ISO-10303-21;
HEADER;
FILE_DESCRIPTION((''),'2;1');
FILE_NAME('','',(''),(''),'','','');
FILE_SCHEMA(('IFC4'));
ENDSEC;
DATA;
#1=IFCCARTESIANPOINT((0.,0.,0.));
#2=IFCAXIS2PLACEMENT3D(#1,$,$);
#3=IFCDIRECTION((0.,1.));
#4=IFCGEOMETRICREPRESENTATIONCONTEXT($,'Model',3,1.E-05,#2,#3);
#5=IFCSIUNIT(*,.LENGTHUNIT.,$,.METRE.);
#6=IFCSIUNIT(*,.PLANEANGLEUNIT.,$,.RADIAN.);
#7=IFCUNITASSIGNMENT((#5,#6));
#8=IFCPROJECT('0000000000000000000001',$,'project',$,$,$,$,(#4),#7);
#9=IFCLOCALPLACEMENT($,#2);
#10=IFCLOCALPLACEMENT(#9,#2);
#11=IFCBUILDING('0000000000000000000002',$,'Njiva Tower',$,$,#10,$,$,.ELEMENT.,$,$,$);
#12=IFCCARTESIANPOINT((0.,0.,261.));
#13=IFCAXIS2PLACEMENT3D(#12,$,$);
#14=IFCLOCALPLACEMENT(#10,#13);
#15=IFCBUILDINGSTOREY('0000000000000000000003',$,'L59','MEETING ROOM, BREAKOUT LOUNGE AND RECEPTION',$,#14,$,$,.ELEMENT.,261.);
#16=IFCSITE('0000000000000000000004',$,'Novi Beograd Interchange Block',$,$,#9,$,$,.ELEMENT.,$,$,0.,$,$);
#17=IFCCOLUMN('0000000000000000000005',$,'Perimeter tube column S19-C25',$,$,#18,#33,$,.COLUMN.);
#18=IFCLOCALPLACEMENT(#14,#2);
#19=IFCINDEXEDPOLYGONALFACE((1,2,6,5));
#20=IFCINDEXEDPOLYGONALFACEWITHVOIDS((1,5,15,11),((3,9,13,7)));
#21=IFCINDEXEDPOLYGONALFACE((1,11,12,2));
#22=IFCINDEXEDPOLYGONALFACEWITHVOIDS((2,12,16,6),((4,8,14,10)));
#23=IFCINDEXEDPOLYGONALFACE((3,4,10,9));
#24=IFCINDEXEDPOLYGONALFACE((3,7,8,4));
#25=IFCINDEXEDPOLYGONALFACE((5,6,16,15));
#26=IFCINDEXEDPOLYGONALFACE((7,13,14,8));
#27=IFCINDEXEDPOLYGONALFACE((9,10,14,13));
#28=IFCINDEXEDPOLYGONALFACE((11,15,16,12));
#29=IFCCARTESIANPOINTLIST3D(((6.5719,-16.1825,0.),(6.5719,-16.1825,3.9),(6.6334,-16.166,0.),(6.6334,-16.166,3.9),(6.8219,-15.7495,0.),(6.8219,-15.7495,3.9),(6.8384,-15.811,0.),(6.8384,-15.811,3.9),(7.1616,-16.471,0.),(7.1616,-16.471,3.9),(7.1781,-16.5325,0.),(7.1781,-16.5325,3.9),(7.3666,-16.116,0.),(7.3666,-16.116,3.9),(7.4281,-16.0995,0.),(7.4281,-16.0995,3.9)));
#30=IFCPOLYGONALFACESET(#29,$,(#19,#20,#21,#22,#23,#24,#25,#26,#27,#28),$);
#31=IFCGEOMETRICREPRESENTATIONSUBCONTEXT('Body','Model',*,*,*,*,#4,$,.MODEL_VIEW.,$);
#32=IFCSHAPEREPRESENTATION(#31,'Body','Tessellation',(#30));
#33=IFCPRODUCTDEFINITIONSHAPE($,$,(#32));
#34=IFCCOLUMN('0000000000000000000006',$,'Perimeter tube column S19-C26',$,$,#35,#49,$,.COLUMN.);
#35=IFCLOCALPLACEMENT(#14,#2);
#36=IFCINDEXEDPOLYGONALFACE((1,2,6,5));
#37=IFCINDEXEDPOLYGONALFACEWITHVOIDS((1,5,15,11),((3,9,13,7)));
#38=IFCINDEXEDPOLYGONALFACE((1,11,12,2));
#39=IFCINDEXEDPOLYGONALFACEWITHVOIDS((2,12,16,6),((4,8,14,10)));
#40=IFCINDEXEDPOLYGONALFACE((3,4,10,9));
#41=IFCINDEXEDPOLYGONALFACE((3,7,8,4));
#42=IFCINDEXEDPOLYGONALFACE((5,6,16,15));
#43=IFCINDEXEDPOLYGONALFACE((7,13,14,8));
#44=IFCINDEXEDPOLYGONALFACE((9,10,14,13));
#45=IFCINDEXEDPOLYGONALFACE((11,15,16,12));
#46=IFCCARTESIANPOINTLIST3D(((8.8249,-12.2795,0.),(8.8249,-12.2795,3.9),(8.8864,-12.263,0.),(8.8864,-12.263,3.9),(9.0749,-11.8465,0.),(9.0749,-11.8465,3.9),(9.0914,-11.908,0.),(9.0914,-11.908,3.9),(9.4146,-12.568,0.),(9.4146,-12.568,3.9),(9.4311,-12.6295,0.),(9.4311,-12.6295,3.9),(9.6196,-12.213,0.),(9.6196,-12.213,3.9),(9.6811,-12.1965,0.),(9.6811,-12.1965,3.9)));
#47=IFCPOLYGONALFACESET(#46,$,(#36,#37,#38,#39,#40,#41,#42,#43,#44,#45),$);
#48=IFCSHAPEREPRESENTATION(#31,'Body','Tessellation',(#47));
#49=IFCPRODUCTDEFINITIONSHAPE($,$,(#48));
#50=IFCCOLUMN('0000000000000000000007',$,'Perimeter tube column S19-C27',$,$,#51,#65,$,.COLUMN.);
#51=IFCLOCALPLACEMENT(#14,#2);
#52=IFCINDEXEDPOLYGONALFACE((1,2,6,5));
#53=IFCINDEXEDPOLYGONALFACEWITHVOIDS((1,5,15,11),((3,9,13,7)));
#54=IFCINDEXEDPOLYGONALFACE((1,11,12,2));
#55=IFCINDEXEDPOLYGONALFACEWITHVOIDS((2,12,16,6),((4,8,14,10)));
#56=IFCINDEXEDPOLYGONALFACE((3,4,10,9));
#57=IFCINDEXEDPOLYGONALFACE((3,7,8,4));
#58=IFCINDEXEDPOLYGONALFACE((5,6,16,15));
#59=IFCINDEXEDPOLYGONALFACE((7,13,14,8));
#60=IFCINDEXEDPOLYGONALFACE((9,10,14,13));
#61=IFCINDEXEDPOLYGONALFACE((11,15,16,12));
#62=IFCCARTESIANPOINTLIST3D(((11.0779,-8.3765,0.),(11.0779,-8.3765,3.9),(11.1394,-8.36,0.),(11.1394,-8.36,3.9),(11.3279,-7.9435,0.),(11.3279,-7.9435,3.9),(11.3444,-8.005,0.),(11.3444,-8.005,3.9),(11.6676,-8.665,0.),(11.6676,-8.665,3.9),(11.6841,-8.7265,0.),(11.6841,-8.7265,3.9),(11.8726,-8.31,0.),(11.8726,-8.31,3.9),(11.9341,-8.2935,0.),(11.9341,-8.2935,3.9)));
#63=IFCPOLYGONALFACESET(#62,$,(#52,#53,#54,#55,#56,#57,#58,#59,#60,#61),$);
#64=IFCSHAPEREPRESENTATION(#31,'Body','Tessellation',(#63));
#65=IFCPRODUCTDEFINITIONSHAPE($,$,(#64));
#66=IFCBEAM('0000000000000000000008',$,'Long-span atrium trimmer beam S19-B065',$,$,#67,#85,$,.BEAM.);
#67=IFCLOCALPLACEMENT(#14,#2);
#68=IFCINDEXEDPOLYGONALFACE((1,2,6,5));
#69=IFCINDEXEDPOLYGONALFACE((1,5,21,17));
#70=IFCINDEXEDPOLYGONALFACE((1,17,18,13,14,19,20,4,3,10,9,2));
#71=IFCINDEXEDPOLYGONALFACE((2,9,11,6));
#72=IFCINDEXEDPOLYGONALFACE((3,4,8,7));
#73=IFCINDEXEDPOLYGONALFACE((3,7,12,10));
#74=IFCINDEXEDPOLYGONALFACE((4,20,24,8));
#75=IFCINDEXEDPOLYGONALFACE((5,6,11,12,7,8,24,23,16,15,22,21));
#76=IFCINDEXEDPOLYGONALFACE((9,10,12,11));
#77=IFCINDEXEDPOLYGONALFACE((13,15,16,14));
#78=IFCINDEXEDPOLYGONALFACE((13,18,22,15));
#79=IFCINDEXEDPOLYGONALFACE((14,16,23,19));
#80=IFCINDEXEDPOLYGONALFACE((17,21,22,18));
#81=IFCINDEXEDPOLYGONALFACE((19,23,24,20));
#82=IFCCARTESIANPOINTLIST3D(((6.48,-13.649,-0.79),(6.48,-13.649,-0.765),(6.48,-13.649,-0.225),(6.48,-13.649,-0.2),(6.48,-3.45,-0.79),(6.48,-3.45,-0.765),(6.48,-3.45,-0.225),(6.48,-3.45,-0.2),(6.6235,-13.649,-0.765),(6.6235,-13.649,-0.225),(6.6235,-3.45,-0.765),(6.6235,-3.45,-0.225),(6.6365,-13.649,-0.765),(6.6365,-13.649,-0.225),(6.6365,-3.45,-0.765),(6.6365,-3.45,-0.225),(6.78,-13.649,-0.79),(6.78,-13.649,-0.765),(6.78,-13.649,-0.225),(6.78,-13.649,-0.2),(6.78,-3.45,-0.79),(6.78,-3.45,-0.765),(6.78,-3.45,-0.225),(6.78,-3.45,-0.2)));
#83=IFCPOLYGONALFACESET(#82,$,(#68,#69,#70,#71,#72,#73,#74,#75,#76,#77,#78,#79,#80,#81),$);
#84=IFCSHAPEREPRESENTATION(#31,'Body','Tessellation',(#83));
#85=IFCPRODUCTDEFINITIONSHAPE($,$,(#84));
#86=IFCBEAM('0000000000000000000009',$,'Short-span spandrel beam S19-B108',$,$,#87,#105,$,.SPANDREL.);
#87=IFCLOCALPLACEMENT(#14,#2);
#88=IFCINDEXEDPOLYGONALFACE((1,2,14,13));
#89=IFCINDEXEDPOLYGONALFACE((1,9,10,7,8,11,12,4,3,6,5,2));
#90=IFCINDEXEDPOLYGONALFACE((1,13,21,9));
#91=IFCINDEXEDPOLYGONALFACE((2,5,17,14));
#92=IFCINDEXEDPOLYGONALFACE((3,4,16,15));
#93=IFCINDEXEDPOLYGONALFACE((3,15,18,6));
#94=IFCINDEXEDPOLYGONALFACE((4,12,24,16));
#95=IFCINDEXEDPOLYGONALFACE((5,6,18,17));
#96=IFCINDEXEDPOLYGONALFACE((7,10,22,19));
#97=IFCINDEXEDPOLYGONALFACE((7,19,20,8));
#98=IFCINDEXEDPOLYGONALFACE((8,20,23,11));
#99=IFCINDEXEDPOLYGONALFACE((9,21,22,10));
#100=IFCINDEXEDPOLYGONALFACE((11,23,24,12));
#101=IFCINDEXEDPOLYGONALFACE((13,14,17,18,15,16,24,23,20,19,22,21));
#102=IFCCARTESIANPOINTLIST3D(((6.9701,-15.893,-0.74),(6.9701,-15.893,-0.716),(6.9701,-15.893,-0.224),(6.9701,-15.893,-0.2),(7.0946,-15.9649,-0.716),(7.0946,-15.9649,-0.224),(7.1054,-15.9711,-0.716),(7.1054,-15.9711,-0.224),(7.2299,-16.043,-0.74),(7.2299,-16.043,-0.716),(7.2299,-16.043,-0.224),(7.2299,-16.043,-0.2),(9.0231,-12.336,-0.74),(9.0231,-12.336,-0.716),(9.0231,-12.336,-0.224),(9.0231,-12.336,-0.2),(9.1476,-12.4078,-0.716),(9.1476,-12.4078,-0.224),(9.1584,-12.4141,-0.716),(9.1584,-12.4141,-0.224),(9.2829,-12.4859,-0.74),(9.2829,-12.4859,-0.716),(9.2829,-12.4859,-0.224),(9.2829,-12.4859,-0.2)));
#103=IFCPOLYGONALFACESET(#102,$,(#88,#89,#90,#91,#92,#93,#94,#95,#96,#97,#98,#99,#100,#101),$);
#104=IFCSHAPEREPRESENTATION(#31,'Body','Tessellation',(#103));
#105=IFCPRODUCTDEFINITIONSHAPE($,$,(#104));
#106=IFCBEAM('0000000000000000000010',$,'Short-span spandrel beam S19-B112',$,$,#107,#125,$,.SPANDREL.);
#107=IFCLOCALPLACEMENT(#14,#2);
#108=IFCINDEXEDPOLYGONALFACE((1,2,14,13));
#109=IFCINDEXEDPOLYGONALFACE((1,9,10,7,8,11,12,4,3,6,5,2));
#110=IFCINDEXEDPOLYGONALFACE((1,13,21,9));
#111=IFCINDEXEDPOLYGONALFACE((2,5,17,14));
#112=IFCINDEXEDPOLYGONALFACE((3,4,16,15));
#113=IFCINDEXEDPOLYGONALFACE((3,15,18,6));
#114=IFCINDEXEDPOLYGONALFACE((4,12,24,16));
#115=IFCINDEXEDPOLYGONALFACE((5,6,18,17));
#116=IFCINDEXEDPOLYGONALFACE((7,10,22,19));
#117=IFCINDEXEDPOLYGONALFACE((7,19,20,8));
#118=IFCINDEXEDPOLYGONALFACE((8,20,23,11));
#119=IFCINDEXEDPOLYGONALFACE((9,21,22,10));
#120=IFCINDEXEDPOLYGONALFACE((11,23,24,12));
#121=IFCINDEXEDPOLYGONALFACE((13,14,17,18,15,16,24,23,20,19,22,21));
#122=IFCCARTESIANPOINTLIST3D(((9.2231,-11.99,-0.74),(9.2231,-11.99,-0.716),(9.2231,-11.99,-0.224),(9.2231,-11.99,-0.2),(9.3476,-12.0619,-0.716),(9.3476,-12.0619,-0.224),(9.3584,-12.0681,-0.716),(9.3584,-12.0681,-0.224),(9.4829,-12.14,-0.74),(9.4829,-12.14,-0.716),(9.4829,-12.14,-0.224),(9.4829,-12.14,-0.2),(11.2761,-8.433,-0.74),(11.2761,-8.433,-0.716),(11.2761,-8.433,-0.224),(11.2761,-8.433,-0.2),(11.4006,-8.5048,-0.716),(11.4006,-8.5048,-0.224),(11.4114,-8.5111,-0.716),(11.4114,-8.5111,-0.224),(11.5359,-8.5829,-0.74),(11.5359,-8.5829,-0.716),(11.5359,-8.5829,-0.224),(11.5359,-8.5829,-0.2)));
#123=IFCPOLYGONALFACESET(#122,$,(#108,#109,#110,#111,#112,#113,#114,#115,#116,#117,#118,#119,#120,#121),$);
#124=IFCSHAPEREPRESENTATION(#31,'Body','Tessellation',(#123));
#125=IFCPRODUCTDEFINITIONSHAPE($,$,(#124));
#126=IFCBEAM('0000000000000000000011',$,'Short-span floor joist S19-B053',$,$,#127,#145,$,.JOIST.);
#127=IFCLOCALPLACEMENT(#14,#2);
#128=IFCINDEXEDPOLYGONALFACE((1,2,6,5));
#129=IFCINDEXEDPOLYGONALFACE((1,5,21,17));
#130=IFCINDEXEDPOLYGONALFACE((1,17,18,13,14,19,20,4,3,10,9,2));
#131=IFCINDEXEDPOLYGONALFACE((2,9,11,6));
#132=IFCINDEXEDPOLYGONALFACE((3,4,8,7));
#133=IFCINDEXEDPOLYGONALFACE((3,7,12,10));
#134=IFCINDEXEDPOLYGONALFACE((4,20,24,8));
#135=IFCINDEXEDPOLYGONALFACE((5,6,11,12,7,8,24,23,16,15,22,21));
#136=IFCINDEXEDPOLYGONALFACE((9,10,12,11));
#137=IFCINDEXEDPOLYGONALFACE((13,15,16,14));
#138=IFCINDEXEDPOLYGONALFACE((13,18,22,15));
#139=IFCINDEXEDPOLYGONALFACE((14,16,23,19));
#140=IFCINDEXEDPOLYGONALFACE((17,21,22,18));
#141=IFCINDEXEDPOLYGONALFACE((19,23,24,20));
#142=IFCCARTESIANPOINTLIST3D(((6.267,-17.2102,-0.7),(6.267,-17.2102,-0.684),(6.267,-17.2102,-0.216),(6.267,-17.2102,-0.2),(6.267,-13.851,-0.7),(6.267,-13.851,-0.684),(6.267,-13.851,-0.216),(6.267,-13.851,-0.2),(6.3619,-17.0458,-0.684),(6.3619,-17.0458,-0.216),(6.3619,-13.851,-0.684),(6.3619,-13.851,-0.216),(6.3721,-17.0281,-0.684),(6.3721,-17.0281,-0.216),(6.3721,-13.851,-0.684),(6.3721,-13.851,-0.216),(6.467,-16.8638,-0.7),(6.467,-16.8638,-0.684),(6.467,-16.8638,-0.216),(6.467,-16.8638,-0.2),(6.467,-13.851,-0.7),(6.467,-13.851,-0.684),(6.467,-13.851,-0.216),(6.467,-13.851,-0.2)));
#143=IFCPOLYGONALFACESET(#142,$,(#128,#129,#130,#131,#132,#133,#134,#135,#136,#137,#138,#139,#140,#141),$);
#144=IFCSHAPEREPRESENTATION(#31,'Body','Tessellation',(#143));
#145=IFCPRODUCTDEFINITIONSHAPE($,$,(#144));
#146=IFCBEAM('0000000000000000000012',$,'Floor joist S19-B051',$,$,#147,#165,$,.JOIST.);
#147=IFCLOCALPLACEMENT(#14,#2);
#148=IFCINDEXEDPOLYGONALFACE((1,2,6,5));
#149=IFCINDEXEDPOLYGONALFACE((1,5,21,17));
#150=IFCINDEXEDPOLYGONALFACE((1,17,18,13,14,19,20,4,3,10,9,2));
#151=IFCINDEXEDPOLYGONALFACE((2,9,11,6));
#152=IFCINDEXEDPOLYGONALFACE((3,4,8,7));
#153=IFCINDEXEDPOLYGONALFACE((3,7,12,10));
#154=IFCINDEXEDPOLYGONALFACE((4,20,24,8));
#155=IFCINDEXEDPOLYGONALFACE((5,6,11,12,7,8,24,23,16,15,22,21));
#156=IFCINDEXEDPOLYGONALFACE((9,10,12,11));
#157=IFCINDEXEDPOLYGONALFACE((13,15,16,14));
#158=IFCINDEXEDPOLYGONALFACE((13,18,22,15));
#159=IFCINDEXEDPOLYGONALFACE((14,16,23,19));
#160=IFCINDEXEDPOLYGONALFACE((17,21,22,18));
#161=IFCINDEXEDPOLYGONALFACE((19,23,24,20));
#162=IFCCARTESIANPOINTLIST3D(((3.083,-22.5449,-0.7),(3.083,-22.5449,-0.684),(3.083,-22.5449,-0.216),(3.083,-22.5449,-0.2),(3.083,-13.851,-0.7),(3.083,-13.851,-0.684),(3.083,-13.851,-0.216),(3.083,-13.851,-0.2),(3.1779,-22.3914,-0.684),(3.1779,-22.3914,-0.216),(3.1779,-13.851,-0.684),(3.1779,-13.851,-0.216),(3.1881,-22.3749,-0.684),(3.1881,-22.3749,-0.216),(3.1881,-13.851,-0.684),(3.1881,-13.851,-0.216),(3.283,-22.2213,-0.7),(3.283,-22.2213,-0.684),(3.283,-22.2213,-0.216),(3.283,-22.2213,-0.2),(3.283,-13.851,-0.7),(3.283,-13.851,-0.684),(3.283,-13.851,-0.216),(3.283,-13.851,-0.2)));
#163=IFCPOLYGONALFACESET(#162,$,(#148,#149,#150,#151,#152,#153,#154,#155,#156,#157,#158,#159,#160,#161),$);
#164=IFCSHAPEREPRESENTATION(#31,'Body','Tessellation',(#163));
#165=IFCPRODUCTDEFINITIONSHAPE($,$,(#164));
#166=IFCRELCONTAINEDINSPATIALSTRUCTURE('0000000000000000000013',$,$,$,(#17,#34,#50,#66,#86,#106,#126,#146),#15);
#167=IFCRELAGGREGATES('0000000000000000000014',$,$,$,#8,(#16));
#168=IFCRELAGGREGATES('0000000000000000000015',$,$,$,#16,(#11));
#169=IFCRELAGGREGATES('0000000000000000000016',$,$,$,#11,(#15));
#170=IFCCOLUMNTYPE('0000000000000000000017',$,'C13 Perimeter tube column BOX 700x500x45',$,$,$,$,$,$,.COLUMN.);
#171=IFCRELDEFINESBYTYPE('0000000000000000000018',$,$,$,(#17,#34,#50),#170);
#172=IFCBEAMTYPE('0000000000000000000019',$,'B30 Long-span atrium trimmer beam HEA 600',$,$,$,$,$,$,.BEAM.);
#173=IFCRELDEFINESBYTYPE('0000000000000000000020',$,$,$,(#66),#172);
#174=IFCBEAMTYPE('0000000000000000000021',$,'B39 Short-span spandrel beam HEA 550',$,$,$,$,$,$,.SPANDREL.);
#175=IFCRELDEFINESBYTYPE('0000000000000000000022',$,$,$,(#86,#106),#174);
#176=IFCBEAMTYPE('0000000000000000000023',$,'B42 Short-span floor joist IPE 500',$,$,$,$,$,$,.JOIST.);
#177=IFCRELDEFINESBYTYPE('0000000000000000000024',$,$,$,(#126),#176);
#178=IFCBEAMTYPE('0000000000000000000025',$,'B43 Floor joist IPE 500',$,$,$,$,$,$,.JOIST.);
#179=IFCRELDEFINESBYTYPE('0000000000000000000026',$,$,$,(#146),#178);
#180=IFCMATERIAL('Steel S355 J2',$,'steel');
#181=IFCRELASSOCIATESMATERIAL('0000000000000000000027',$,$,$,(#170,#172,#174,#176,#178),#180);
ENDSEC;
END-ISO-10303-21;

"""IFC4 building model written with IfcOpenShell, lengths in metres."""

from ifc_helpers import new_model, si_unit, direction, frame, origin, origin_2d, place, context, subcontext, project, spatial, hollow_rectangle, i_section, extrude, clip, halfspace, material, material_profile, profile_set, type_object, element, save


model = new_model("IFC4")

# Units and contexts
model_context = context("Model", 3, precision=1e-05, world=origin(), true_north=direction((0.0, 1.0)))
body_context = subcontext(model_context, "Body", "Model", "MODEL_VIEW")
ifc_project = project(units=[si_unit("LENGTHUNIT", "METRE"), si_unit("PLANEANGLEUNIT", "RADIAN")], contexts=[model_context])

# Site, building, storey
site_placement = place(None, origin())
site = spatial("IfcSite", under=ifc_project, at=site_placement, Name="Novi Beograd Interchange Block", CompositionType="ELEMENT", RefElevation=0.0)
building_placement = place(site_placement, origin())
building = spatial("IfcBuilding", under=site, at=building_placement, Name="Njiva Tower", CompositionType="ELEMENT")
storey_placement = place(building_placement, frame((0.0, 0.0, 261.0)))
storey = spatial("IfcBuildingStorey", under=building, at=storey_placement, Name="L59", Description="MEETING ROOM, BREAKOUT LOUNGE AND RECEPTION", CompositionType="ELEMENT", Elevation=261.0)

# Columns
ifc_material_1 = material(Name="Steel S355 J2", Category="steel")
ifc_material_profile_1 = material_profile(ifc_material_1, hollow_rectangle(XDim=0.5, YDim=0.7, WallThickness=0.045, at=origin_2d()), Name="BOX 700x500x45")
ifc_profile_set_1 = profile_set([ifc_material_profile_1], Name="Steel S355 J2")
column_type = type_object("IfcColumnType", Name="C13 Perimeter tube column BOX 700x500x45", PredefinedType="COLUMN", material=ifc_profile_set_1)
for number, where, z_axis, x_axis, name in (
    (1, (7.0, -16.141, 0.0), (0.0, 0.0, 1.0), (0.5, 0.866025, 0.0), "Perimeter tube column S19-C25"),
    (2, (9.253, -12.238, 0.0), (0.0, 0.0, 1.0), (0.5, 0.866025, 0.0), "Perimeter tube column S19-C26"),
    (3, (11.506, -8.335, 0.0), (0.0, 0.0, 1.0), (0.5, 0.866025, 0.0), "Perimeter tube column S19-C27"),
):
    element("IfcColumn", number, at=place(storey_placement, frame(where, z_axis=z_axis, x_axis=x_axis)), inside=storey, type_object=column_type, Name=name, PredefinedType="COLUMN", context=body_context, shape_type="SweptSolid", body=[
        extrude(hollow_rectangle(XDim=0.5, YDim=0.7, WallThickness=0.045, at=origin_2d()), origin(), (0.0, 0.0, 1.0), 3.9),
    ])

# Beams
ifc_material_profile_2 = material_profile(ifc_material_1, i_section(OverallWidth=0.3, OverallDepth=0.59, WebThickness=0.013, FlangeThickness=0.025, at=origin_2d()), Name="HEA 600")
ifc_profile_set_2 = profile_set([ifc_material_profile_2], Name="Steel S355 J2")
beam_type_1 = type_object("IfcBeamType", Name="B30 Long-span atrium trimmer beam HEA 600", PredefinedType="BEAM", material=ifc_profile_set_2)
beam_1_placement = place(storey_placement, frame((6.63, -13.649, -0.495), z_axis=(0.0, 1.0, 0.0), x_axis=(-1.0, 0.0, 0.0)))
element("IfcBeam", 4, at=beam_1_placement, inside=storey, type_object=beam_type_1, Name="Long-span atrium trimmer beam S19-B065", PredefinedType="BEAM", context=body_context, shape_type="SweptSolid", body=[
    extrude(i_section(OverallWidth=0.3, OverallDepth=0.59, WebThickness=0.013, FlangeThickness=0.025, at=origin_2d()), origin(), (0.0, 0.0, 1.0), 10.199),
])
ifc_material_profile_3 = material_profile(ifc_material_1, i_section(OverallWidth=0.3, OverallDepth=0.54, WebThickness=0.0125, FlangeThickness=0.024, at=origin_2d()), Name="HEA 550")
ifc_profile_set_3 = profile_set([ifc_material_profile_3], Name="Steel S355 J2")
beam_type_2 = type_object("IfcBeamType", Name="B39 Short-span spandrel beam HEA 550", PredefinedType="SPANDREL", material=ifc_profile_set_3)
for number, where, z_axis, x_axis, name in (
    (5, (7.1, -15.968, -0.47), (0.499884, 0.866092, 0.0), (-0.866092, 0.499884, 0.0), "Short-span spandrel beam S19-B108"),
    (6, (9.353, -12.065, -0.47), (0.499884, 0.866092, 0.0), (-0.866092, 0.499884, 0.0), "Short-span spandrel beam S19-B112"),
):
    element("IfcBeam", number, at=place(storey_placement, frame(where, z_axis=z_axis, x_axis=x_axis)), inside=storey, type_object=beam_type_2, Name=name, PredefinedType="SPANDREL", context=body_context, shape_type="SweptSolid", body=[
        extrude(i_section(OverallWidth=0.3, OverallDepth=0.54, WebThickness=0.0125, FlangeThickness=0.024, at=origin_2d()), origin(), (0.0, 0.0, 1.0), 4.107),
    ])
ifc_material_profile_4 = material_profile(ifc_material_1, i_section(OverallWidth=0.2, OverallDepth=0.5, WebThickness=0.0102, FlangeThickness=0.016, at=origin_2d()), Name="IPE 500")
ifc_profile_set_4 = profile_set([ifc_material_profile_4], Name="Steel S355 J2")
beam_type_3 = type_object("IfcBeamType", Name="B42 Short-span floor joist IPE 500", PredefinedType="JOIST", material=ifc_profile_set_4)
beam_2_placement = place(storey_placement, frame((6.367, -13.851, -0.45), z_axis=(0.0, -1.0, 0.0), x_axis=(1.0, 0.0, 0.0)))
element("IfcBeam", 7, at=beam_2_placement, inside=storey, type_object=beam_type_3, Name="Short-span floor joist S19-B053", PredefinedType="JOIST", context=body_context, shape_type="Clipping", body=[
    clip(extrude(i_section(OverallWidth=0.2, OverallDepth=0.5, WebThickness=0.0102, FlangeThickness=0.016, at=origin_2d()), origin(), (0.0, 0.0, 1.0), 3.38), halfspace(frame((0.043, 0.0, 3.1115), z_axis=(0.866027, 0.0, 0.499998), x_axis=(0.0, 1.0, 0.0)), False)),
])
ifc_material_profile_5 = material_profile(ifc_material_1, i_section(OverallWidth=0.2, OverallDepth=0.5, WebThickness=0.0102, FlangeThickness=0.016, at=origin_2d()), Name="IPE 500")
ifc_profile_set_5 = profile_set([ifc_material_profile_5], Name="Steel S355 J2")
beam_type_4 = type_object("IfcBeamType", Name="B43 Floor joist IPE 500", PredefinedType="JOIST", material=ifc_profile_set_5)
beam_3_placement = place(storey_placement, frame((3.183, -13.851, -0.45), z_axis=(0.0, -1.0, 0.0), x_axis=(1.0, 0.0, 0.0)))
element("IfcBeam", 8, at=beam_3_placement, inside=storey, type_object=beam_type_4, Name="Floor joist S19-B051", PredefinedType="JOIST", context=body_context, shape_type="Clipping", body=[
    clip(extrude(i_section(OverallWidth=0.2, OverallDepth=0.5, WebThickness=0.0102, FlangeThickness=0.016, at=origin_2d()), origin(), (0.0, 0.0, 1.0), 8.713), halfspace(frame((0.0429, 0.0, 8.4627), z_axis=(0.850616, 0.0, 0.525788), x_axis=(0.0, 1.0, 0.0)), False)),
])

save(model, "model.ifc")
